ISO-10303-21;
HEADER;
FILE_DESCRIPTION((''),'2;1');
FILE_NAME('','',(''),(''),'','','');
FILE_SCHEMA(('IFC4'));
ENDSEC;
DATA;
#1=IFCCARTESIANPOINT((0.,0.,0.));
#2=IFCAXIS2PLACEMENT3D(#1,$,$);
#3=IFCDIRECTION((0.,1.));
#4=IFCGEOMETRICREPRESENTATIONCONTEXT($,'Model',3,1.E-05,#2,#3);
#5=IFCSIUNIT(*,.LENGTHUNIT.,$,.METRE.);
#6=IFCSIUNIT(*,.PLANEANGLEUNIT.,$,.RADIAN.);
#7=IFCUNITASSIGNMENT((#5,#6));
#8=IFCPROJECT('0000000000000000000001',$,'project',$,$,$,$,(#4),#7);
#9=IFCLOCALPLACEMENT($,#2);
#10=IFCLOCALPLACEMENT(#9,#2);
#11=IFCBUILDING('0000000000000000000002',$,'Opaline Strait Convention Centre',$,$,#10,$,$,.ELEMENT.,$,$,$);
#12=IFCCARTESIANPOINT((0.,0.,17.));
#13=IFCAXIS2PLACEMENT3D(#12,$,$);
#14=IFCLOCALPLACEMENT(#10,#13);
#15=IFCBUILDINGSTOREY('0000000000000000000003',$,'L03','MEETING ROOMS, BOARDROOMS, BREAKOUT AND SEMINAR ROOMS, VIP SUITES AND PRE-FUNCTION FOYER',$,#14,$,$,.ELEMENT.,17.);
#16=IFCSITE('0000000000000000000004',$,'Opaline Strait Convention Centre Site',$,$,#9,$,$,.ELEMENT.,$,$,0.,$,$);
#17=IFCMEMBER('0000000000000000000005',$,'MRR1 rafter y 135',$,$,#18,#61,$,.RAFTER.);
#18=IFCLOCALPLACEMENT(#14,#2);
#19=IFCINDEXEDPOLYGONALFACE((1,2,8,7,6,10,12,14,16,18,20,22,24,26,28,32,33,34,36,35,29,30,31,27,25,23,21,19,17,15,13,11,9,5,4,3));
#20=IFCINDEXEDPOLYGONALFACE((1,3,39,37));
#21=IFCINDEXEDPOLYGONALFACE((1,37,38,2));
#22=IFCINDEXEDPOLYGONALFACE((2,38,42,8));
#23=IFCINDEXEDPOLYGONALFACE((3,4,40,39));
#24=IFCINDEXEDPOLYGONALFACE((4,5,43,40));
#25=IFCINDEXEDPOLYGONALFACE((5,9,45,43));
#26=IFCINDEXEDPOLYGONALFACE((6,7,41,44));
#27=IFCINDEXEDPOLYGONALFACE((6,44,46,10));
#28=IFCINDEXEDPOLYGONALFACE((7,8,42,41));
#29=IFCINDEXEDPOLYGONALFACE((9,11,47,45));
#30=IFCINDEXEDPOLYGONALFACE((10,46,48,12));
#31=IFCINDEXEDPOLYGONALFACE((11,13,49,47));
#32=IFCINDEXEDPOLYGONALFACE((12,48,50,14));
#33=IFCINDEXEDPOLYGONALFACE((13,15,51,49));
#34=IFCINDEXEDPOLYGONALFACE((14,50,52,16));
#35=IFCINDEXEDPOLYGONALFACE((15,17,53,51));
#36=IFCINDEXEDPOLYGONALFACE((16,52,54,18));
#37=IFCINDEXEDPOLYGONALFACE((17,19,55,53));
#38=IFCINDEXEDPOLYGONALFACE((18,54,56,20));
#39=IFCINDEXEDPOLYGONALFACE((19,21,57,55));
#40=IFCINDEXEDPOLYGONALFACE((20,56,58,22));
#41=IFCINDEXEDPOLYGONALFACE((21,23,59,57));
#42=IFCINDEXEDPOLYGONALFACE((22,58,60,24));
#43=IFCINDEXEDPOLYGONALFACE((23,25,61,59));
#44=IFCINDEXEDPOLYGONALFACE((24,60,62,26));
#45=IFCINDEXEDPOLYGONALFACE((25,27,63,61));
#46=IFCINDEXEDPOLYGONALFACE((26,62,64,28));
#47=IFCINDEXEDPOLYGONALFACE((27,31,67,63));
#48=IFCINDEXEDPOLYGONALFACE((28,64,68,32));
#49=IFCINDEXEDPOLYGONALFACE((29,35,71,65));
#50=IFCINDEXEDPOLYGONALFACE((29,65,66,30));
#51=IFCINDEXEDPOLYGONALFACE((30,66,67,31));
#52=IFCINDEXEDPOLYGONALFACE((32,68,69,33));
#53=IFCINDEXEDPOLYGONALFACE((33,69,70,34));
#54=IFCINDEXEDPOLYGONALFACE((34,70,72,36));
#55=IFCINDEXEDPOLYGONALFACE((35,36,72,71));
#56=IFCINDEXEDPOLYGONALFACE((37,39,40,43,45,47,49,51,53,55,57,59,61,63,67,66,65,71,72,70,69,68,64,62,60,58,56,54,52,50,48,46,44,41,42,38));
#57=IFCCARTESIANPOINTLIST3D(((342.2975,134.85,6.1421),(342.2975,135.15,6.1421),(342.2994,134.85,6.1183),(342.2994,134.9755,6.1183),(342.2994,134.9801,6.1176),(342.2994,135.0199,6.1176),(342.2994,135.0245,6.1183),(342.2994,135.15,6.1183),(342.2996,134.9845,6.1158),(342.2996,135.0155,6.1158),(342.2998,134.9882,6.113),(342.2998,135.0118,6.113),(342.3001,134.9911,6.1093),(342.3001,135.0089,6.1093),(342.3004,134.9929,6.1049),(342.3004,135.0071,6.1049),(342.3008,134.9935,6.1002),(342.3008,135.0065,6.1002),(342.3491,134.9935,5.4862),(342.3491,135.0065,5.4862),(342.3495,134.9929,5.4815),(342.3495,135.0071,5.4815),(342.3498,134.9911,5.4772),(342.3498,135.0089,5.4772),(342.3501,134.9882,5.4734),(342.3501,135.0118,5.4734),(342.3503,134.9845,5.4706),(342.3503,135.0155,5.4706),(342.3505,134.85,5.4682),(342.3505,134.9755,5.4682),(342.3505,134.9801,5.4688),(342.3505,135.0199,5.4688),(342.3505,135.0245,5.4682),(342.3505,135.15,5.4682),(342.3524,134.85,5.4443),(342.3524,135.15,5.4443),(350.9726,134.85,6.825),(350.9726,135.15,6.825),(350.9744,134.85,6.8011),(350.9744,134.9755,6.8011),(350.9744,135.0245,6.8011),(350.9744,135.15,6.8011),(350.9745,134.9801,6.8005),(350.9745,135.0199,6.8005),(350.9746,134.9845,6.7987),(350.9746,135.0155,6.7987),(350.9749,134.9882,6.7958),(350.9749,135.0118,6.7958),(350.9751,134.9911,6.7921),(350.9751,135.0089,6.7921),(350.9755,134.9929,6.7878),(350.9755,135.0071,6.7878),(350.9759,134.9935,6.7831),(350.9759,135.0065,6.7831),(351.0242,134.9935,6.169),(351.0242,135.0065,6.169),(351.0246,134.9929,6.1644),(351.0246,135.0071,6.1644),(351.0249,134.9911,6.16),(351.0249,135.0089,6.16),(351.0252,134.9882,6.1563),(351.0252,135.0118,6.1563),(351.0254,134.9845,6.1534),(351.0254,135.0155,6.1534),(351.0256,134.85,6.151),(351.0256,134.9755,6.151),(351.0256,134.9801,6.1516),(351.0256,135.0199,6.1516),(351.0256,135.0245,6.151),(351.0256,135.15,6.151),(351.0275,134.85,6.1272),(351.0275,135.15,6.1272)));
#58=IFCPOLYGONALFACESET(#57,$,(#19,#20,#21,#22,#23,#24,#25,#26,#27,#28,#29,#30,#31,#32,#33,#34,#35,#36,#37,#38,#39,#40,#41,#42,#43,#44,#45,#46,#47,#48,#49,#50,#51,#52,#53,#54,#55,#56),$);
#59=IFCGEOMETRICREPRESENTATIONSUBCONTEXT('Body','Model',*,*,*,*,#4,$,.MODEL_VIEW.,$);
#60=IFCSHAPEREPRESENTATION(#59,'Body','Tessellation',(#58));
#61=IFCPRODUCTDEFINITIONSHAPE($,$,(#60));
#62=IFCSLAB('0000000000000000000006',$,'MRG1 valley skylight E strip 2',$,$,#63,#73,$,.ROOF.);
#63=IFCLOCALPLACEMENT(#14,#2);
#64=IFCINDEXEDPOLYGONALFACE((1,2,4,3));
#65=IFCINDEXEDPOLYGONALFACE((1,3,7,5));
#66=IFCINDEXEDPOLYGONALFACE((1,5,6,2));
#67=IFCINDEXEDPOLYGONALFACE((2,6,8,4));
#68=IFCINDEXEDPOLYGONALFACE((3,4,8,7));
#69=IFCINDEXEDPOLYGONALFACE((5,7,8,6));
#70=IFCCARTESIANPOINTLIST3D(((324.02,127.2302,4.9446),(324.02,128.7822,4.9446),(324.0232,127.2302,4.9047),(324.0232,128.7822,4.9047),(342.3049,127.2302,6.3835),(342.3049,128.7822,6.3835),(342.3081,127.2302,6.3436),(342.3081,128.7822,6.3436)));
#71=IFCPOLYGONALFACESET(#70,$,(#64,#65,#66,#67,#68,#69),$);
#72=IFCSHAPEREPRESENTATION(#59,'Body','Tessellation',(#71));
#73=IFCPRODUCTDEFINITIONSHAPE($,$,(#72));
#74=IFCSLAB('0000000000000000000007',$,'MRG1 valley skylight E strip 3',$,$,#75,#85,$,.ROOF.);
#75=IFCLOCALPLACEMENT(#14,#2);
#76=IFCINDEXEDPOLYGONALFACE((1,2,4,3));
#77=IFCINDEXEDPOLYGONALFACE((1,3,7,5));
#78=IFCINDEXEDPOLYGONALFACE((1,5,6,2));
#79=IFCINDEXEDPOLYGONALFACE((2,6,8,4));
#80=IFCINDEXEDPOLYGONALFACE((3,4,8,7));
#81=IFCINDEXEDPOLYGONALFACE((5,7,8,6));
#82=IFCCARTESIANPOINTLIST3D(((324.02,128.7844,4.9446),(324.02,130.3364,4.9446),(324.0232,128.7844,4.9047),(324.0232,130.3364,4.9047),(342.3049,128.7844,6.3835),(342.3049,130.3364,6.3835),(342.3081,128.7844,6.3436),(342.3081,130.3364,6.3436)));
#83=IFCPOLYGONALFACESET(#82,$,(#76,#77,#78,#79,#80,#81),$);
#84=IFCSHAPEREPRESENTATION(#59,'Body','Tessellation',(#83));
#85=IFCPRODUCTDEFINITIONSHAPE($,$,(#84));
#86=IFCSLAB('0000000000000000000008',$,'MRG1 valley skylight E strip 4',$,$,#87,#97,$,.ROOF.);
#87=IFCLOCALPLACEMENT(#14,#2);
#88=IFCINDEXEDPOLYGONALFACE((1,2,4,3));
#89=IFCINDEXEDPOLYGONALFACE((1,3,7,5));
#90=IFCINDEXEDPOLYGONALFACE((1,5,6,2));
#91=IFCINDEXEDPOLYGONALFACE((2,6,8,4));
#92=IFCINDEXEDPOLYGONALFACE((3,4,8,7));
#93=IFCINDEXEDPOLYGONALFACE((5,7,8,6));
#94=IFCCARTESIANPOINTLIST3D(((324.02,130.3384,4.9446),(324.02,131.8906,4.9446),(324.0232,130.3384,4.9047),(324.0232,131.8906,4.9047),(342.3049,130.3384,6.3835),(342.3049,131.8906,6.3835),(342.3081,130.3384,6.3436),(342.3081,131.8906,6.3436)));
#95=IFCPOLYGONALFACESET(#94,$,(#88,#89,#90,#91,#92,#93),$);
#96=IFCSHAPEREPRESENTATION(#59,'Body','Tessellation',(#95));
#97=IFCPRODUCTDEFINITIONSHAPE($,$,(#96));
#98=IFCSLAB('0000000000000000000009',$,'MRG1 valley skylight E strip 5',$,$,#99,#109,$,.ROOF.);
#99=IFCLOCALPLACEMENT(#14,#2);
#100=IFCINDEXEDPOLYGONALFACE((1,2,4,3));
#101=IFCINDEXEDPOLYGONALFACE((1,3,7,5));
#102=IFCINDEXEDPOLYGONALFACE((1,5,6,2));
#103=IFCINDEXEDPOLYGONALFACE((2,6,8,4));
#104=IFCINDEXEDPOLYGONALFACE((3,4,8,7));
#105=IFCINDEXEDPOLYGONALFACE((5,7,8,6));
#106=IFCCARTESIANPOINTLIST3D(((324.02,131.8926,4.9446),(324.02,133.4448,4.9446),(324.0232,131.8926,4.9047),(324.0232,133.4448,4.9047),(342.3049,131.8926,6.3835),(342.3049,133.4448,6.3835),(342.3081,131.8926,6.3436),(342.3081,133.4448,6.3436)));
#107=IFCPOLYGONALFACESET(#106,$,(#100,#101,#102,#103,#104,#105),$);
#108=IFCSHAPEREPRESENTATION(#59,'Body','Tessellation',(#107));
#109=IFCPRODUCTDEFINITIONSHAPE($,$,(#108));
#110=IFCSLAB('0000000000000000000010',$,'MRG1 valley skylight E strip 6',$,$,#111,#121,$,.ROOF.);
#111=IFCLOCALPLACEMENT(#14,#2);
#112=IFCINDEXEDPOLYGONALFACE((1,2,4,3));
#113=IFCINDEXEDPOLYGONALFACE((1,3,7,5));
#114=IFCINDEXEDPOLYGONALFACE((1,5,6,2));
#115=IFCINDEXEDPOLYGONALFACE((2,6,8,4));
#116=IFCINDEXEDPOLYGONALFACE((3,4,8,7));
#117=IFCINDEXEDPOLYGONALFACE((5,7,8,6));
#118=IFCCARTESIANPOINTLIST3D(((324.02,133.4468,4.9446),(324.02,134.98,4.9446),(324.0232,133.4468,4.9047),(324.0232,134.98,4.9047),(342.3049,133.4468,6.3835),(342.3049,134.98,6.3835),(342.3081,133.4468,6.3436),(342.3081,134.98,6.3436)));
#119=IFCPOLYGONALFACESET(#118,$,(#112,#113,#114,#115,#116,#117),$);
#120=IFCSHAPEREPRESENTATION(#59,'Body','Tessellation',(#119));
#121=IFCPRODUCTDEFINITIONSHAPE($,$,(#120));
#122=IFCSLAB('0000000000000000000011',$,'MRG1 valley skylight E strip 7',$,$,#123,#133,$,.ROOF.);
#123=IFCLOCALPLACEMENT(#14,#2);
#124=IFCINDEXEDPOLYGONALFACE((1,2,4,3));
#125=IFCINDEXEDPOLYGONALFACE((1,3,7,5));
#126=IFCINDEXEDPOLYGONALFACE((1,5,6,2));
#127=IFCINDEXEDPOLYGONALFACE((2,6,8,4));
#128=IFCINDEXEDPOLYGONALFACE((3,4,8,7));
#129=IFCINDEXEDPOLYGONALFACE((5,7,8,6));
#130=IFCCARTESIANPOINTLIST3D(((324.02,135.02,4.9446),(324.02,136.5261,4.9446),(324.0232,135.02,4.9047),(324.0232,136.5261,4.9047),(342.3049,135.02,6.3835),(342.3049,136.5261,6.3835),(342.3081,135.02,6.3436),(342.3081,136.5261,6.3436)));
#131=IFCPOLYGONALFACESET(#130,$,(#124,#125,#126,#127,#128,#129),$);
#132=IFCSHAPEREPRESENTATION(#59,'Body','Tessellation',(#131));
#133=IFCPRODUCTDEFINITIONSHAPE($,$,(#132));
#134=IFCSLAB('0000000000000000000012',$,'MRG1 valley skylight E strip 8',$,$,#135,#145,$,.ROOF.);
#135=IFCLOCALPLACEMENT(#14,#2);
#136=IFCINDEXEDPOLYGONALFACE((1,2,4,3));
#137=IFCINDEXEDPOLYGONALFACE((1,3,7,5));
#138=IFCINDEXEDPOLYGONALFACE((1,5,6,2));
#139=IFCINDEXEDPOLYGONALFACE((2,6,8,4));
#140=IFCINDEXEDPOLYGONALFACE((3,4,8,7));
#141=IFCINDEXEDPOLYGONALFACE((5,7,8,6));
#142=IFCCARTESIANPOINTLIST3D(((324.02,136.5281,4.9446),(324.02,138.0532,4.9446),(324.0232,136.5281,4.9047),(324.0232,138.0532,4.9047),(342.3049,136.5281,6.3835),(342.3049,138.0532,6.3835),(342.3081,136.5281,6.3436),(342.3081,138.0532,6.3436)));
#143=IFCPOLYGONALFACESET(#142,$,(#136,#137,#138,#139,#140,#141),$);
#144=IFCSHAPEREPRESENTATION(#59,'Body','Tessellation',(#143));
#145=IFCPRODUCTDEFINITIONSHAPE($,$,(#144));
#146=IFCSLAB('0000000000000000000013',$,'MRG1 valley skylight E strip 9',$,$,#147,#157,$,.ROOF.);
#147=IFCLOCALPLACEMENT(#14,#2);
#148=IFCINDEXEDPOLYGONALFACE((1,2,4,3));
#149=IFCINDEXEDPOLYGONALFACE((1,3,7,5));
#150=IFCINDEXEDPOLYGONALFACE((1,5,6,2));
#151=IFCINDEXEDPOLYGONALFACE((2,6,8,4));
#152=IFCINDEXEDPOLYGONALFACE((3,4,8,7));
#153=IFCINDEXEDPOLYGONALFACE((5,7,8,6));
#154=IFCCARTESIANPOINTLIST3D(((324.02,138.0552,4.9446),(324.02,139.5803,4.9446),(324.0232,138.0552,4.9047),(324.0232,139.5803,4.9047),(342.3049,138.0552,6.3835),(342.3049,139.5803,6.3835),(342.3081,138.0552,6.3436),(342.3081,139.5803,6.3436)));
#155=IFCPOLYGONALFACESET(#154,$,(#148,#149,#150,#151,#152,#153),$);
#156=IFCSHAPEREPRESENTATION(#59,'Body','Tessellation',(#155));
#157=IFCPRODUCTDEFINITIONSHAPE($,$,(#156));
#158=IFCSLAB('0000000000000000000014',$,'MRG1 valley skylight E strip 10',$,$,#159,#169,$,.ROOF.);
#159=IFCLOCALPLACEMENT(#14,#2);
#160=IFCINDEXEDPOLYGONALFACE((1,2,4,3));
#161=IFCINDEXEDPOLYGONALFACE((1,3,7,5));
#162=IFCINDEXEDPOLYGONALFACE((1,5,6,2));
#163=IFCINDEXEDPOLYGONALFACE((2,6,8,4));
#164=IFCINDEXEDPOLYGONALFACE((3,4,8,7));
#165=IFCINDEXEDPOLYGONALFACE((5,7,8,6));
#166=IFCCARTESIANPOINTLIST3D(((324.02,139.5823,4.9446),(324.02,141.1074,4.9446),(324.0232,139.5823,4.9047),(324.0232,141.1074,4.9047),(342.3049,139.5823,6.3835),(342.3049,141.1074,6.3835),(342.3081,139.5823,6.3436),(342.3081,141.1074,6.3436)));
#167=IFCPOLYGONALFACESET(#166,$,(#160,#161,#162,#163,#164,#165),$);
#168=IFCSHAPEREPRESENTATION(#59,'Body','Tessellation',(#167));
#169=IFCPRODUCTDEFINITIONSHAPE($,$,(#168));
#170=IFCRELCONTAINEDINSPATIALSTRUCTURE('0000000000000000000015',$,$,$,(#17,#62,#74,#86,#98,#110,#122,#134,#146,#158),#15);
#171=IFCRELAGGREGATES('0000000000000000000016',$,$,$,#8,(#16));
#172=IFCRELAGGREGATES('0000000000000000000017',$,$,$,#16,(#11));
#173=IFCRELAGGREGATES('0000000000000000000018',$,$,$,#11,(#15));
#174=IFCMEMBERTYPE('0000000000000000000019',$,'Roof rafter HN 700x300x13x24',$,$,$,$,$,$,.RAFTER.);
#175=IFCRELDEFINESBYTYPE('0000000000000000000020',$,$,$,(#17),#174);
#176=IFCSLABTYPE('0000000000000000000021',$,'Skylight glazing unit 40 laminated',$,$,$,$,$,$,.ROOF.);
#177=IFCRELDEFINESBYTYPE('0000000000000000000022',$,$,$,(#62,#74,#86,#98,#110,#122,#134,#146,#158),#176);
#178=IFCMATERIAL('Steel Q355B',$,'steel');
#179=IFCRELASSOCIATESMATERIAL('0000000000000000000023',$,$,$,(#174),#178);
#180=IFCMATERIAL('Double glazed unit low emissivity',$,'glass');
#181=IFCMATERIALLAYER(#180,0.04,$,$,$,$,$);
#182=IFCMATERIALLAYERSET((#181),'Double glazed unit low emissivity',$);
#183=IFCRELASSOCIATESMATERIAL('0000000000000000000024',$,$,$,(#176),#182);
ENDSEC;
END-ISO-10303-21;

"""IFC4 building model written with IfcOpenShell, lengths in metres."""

from ifc_helpers import new_model, si_unit, direction, frame, origin, origin_2d, place, context, subcontext, project, spatial, polyline, i_section, outline, extrude, material, layer, layer_set, material_profile, profile_set, type_object, element, save


model = new_model("IFC4")

# Units and contexts
model_context = context("Model", 3, precision=1e-05, world=origin(), true_north=direction((0.0, 1.0)))
body_context = subcontext(model_context, "Body", "Model", "MODEL_VIEW")
ifc_project = project(units=[si_unit("LENGTHUNIT", "METRE"), si_unit("PLANEANGLEUNIT", "RADIAN")], contexts=[model_context])

# Site, building, storey
site_placement = place(None, origin())
site = spatial("IfcSite", under=ifc_project, at=site_placement, Name="Opaline Strait Convention Centre Site", CompositionType="ELEMENT", RefElevation=0.0)
building_placement = place(site_placement, origin())
building = spatial("IfcBuilding", under=site, at=building_placement, Name="Opaline Strait Convention Centre", CompositionType="ELEMENT")
storey_placement = place(building_placement, frame((0.0, 0.0, 17.0)))
storey = spatial("IfcBuildingStorey", under=building, at=storey_placement, Name="L03", Description="MEETING ROOMS, BOARDROOMS, BREAKOUT AND SEMINAR ROOMS, VIP SUITES AND PRE-FUNCTION FOYER", CompositionType="ELEMENT", Elevation=17.0)

# Member
ifc_material_1 = material(Name="Steel Q355B", Category="steel")
ifc_material_profile_1 = material_profile(ifc_material_1, i_section(OverallWidth=0.3, OverallDepth=0.7, WebThickness=0.0129, FlangeThickness=0.0239, FilletRadius=0.0181, at=origin_2d()), Name="HN 700x300x13x24")
ifc_profile_set_1 = profile_set([ifc_material_profile_1], Name="Steel Q355B")
member_type_1 = type_object("IfcMemberType", Name="Roof rafter HN 700x300x13x24", PredefinedType="RAFTER", material=ifc_profile_set_1)
member_1_placement = place(storey_placement, frame((342.325, 135.0, 5.7932), z_axis=(0.996916, 0.0, 0.078473), x_axis=(0.0, 1.0, 0.0)))
element("IfcMember", 1, at=member_1_placement, inside=storey, type_object=member_type_1, Name="MRR1 rafter y 135", PredefinedType="RAFTER", context=body_context, shape_type="SweptSolid", body=[
    extrude(i_section(OverallWidth=0.3, OverallDepth=0.7, WebThickness=0.0129, FlangeThickness=0.0239, FilletRadius=0.0181, at=origin_2d()), origin(), (0.0, 0.0, 1.0), 8.7019),
])

# Slabs
ifc_material_2 = material(Name="Double glazed unit low emissivity", Category="glass")
ifc_layer = layer(ifc_material_2, 0.04)
ifc_layer_set = layer_set([ifc_layer], Name="Double glazed unit low emissivity")
slab_type = type_object("IfcSlabType", Name="Skylight glazing unit 40 laminated", PredefinedType="ROOF", material=ifc_layer_set)
for number, where, z_axis, x_axis, name in (
    (2, (324.02, 127.2302, 4.9446), (-0.078454, 0.0, 0.996918), (0.996918, 0.0, 0.078454), "MRG1 valley skylight E strip 2"),
    (3, (324.02, 128.7844, 4.9446), (-0.078454, 0.0, 0.996918), (0.996918, 0.0, 0.078454), "MRG1 valley skylight E strip 3"),
):
    element("IfcSlab", number, at=place(storey_placement, frame(where, z_axis=z_axis, x_axis=x_axis)), inside=storey, type_object=slab_type, Name=name, PredefinedType="ROOF", context=body_context, shape_type="SweptSolid", body=[
        extrude(outline(polyline([(0.0, 0.0), (18.3414, 0.0), (18.3414, 1.552), (0.0, 1.552), (0.0, 0.0)])), origin(), (0.0, 0.0, -1.0), 0.04),
    ])
for number, where, z_axis, x_axis, name in (
    (4, (324.02, 130.3384, 4.9446), (-0.078454, 0.0, 0.996918), (0.996918, 0.0, 0.078454), "MRG1 valley skylight E strip 4"),
    (5, (324.02, 131.8926, 4.9446), (-0.078454, 0.0, 0.996918), (0.996918, 0.0, 0.078454), "MRG1 valley skylight E strip 5"),
):
    element("IfcSlab", number, at=place(storey_placement, frame(where, z_axis=z_axis, x_axis=x_axis)), inside=storey, type_object=slab_type, Name=name, PredefinedType="ROOF", context=body_context, shape_type="SweptSolid", body=[
        extrude(outline(polyline([(0.0, 0.0), (18.3414, 0.0), (18.3414, 1.5522), (0.0, 1.5522), (0.0, 0.0)])), origin(), (0.0, 0.0, -1.0), 0.04),
    ])
slab_1_placement = place(storey_placement, frame((324.02, 133.4468, 4.9446), z_axis=(-0.078454, 0.0, 0.996918), x_axis=(0.996918, 0.0, 0.078454)))
element("IfcSlab", 6, at=slab_1_placement, inside=storey, type_object=slab_type, Name="MRG1 valley skylight E strip 6", PredefinedType="ROOF", context=body_context, shape_type="SweptSolid", body=[
    extrude(outline(polyline([(0.0, 0.0), (18.3414, 0.0), (18.3414, 1.5332), (0.0, 1.5332), (0.0, 0.0)])), origin(), (0.0, 0.0, -1.0), 0.04),
])
slab_2_placement = place(storey_placement, frame((324.02, 135.02, 4.9446), z_axis=(-0.078454, 0.0, 0.996918), x_axis=(0.996918, 0.0, 0.078454)))
element("IfcSlab", 7, at=slab_2_placement, inside=storey, type_object=slab_type, Name="MRG1 valley skylight E strip 7", PredefinedType="ROOF", context=body_context, shape_type="SweptSolid", body=[
    extrude(outline(polyline([(0.0, 0.0), (18.3414, 0.0), (18.3414, 1.5061), (0.0, 1.5061), (0.0, 0.0)])), origin(), (0.0, 0.0, -1.0), 0.04),
])
for number, where, z_axis, x_axis, name in (
    (8, (324.02, 136.5281, 4.9446), (-0.078454, 0.0, 0.996918), (0.996918, 0.0, 0.078454), "MRG1 valley skylight E strip 8"),
    (9, (324.02, 138.0552, 4.9446), (-0.078454, 0.0, 0.996918), (0.996918, 0.0, 0.078454), "MRG1 valley skylight E strip 9"),
    (10, (324.02, 139.5823, 4.9446), (-0.078454, 0.0, 0.996918), (0.996918, 0.0, 0.078454), "MRG1 valley skylight E strip 10"),
):
    element("IfcSlab", number, at=place(storey_placement, frame(where, z_axis=z_axis, x_axis=x_axis)), inside=storey, type_object=slab_type, Name=name, PredefinedType="ROOF", context=body_context, shape_type="SweptSolid", body=[
        extrude(outline(polyline([(0.0, 0.0), (18.3414, 0.0), (18.3414, 1.5251), (0.0, 1.5251), (0.0, 0.0)])), origin(), (0.0, 0.0, -1.0), 0.04),
    ])

save(model, "model.ifc")
